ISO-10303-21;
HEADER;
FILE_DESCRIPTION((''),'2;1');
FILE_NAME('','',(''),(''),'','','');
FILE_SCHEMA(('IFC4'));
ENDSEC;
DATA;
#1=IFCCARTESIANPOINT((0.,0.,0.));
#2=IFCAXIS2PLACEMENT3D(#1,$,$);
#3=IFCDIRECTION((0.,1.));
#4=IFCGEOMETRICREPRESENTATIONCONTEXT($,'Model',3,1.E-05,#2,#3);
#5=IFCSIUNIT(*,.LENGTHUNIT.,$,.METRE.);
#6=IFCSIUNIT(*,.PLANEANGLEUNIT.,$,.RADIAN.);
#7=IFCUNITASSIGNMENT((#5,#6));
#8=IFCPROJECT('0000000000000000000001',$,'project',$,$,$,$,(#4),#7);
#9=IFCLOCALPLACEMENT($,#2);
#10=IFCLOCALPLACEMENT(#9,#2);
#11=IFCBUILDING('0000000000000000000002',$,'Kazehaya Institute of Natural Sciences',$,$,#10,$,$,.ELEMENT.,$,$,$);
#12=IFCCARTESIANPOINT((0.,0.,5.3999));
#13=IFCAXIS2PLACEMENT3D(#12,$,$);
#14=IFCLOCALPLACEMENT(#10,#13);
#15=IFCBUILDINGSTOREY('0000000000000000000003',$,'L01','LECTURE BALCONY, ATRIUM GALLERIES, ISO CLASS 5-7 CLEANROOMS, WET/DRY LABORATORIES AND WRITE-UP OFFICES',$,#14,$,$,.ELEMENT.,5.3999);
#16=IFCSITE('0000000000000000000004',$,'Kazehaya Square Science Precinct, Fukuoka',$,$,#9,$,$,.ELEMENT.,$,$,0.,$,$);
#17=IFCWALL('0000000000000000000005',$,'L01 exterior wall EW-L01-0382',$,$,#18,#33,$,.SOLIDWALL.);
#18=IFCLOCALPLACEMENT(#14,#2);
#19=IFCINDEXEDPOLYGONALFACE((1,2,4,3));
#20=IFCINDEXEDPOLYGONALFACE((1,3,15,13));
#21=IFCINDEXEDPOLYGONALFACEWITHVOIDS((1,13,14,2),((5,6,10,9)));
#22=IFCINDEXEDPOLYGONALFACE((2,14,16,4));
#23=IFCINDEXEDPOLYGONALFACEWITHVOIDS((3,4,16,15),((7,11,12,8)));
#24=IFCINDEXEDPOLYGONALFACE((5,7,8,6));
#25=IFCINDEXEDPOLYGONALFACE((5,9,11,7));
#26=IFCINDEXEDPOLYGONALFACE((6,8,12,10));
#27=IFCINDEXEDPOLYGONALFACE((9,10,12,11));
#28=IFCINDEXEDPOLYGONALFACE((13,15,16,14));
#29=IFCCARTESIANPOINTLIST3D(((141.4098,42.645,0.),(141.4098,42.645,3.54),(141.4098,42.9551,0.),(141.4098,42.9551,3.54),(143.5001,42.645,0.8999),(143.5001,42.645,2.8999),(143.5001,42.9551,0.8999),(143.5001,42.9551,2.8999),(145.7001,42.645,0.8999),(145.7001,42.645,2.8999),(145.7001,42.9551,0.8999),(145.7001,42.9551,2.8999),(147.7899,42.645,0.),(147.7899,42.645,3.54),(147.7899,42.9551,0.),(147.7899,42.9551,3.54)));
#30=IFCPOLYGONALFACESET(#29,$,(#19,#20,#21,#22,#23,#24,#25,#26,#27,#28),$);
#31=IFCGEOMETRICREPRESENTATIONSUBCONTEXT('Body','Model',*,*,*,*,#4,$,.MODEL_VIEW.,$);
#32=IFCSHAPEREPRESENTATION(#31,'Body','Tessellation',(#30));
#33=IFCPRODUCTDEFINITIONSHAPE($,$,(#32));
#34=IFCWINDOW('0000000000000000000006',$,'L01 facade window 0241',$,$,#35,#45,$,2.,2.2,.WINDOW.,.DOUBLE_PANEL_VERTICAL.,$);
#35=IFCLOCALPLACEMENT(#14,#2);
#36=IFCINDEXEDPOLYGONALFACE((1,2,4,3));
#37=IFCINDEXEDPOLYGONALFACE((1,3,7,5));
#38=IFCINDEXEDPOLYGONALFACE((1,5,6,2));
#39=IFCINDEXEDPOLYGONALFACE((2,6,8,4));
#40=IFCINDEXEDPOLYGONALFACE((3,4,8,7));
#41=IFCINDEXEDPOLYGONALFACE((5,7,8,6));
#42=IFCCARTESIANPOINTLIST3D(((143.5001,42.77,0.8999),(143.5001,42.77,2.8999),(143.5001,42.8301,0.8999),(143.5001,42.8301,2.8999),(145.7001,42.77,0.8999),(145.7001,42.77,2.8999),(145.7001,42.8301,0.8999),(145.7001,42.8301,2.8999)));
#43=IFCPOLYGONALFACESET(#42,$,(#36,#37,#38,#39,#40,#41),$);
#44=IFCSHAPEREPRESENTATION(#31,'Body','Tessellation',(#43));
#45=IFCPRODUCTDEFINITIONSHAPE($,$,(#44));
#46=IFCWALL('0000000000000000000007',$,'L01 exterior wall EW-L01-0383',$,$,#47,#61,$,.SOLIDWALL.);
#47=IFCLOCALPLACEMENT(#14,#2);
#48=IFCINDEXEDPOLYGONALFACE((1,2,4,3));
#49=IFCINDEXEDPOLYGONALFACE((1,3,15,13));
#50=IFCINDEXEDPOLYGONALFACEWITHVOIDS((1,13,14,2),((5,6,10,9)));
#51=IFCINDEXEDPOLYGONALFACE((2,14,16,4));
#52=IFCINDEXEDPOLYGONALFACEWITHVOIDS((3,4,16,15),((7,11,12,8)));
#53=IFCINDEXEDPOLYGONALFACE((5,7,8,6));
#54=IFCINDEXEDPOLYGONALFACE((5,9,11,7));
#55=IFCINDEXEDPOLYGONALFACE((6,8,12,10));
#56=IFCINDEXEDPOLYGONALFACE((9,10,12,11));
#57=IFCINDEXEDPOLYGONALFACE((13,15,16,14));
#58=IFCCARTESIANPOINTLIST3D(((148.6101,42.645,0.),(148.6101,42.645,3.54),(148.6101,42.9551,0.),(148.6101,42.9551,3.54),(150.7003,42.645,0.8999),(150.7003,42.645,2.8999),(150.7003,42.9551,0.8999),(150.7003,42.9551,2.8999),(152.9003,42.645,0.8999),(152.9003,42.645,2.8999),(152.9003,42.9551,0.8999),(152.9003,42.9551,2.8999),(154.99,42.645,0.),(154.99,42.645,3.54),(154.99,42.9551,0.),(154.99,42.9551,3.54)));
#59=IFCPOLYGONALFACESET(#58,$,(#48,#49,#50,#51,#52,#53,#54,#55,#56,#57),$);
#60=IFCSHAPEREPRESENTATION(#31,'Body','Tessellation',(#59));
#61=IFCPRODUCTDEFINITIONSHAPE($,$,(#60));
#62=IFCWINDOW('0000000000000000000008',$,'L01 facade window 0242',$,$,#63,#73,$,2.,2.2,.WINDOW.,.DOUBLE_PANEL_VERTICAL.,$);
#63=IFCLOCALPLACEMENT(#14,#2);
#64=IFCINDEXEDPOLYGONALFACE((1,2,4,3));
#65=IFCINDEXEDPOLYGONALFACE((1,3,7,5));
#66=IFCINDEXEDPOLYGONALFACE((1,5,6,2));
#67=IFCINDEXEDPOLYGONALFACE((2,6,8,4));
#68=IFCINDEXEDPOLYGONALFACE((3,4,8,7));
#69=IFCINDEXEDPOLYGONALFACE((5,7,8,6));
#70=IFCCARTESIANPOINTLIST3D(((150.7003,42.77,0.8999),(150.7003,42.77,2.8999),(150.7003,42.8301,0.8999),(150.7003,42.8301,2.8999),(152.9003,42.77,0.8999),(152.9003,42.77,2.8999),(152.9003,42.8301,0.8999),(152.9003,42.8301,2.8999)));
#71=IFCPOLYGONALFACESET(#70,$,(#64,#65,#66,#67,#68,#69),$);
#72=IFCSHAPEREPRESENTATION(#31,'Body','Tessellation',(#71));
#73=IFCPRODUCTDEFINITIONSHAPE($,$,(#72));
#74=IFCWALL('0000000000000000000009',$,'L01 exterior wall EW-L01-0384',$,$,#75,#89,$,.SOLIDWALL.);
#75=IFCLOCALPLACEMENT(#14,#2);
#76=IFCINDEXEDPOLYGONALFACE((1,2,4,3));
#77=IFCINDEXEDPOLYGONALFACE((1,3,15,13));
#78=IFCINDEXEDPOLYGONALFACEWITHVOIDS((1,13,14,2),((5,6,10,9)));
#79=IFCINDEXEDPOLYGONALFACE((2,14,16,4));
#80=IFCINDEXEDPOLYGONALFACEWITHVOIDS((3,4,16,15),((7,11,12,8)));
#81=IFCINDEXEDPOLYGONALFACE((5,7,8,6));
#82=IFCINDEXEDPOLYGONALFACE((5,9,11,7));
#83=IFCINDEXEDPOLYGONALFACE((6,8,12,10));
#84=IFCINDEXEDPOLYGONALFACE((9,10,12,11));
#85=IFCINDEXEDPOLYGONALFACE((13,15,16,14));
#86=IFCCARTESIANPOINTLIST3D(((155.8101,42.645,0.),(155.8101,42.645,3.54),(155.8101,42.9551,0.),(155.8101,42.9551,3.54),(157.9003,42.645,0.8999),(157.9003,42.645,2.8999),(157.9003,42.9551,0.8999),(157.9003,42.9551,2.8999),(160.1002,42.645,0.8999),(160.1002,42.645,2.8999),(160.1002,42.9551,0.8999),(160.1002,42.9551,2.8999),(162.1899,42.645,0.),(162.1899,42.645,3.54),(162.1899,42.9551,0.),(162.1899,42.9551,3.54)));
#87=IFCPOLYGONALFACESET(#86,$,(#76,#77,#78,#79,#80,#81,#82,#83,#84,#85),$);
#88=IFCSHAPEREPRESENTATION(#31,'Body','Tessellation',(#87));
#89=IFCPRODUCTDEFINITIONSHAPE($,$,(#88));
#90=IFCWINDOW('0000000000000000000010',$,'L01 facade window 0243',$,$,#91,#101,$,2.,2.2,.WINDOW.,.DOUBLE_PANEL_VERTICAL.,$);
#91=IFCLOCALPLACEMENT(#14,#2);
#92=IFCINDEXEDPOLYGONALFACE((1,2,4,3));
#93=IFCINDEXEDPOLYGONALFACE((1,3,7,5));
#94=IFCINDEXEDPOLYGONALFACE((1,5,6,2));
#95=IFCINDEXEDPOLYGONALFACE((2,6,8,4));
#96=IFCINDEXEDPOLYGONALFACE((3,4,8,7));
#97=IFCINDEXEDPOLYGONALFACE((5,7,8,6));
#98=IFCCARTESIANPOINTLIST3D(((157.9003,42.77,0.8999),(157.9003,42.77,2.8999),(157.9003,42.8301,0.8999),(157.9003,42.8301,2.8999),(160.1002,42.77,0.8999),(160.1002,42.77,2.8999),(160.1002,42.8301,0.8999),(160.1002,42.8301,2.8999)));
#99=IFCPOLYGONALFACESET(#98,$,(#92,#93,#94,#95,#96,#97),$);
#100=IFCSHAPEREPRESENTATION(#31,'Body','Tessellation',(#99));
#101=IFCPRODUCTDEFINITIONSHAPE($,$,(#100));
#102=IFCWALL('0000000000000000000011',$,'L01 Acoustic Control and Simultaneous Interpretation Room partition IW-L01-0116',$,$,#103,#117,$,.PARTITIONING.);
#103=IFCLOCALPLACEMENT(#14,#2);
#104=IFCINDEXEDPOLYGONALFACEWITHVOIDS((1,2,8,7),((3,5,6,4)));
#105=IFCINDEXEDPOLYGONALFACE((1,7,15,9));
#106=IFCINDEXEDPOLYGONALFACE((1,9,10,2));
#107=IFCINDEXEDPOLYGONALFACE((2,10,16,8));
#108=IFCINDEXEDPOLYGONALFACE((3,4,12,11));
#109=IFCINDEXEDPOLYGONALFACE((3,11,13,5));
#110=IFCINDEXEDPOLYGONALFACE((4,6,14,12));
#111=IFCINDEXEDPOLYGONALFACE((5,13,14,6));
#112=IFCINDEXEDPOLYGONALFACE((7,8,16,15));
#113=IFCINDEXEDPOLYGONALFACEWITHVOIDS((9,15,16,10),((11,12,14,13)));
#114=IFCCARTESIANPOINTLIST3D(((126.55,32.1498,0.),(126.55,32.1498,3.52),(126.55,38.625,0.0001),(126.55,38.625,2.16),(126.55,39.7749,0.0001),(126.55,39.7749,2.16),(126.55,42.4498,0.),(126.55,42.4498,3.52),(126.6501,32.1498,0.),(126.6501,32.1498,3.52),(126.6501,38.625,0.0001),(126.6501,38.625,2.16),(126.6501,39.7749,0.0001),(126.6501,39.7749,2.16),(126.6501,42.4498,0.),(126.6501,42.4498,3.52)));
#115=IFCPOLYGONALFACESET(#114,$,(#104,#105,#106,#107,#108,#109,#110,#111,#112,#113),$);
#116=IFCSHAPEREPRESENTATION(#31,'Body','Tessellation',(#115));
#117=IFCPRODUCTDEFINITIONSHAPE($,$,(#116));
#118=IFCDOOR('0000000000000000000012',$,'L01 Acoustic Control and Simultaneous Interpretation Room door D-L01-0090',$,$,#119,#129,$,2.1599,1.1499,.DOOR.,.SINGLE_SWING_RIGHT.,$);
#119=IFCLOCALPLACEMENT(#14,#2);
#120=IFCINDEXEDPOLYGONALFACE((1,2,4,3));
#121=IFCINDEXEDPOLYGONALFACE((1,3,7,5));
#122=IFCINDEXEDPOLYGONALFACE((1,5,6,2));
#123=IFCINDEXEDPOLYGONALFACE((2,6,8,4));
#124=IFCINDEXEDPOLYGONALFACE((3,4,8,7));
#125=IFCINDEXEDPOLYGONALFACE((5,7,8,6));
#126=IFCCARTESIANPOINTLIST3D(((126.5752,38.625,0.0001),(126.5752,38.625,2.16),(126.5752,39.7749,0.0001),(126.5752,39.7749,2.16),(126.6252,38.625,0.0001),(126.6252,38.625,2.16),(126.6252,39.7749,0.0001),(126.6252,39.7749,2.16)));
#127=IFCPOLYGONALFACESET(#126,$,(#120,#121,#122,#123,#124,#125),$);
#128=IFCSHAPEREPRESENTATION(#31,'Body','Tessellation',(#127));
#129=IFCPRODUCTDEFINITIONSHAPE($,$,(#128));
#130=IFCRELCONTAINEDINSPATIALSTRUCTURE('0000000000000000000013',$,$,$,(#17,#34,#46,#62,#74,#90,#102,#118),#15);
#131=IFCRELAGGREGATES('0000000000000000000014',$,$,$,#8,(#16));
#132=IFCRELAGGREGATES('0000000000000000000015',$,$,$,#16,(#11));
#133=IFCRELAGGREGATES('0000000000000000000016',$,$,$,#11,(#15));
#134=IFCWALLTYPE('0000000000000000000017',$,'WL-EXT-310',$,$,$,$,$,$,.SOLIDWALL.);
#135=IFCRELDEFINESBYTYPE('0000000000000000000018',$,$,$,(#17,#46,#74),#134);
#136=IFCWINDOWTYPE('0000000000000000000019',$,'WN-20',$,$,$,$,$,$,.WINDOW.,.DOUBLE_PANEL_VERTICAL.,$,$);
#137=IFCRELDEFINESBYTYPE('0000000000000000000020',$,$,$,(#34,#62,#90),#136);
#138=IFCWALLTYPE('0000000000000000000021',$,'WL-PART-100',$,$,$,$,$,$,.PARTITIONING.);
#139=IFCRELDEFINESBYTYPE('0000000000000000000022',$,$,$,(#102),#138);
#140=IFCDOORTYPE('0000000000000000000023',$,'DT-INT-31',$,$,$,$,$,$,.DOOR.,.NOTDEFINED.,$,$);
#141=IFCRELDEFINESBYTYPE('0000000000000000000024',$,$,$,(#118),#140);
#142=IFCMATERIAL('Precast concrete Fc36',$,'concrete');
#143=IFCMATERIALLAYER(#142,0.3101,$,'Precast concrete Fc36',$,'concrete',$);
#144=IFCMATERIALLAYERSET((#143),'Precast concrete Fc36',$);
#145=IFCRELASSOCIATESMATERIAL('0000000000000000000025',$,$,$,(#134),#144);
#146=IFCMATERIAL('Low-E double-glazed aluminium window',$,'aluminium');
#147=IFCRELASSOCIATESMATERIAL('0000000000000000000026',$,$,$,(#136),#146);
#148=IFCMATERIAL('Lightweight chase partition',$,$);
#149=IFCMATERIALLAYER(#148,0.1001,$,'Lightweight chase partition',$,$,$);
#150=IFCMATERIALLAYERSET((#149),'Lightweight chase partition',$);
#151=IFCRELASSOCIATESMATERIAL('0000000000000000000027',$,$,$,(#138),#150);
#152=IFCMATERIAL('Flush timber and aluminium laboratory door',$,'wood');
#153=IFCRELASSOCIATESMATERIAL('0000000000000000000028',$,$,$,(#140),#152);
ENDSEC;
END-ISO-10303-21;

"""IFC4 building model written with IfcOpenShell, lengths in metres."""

from ifc_helpers import new_model, si_unit, direction, frame, frame_2d, origin, place, context, subcontext, project, spatial, rectangle, extrude, material, layer, layer_set, type_object, element, fill, save


model = new_model("IFC4")

# Units and contexts
model_context = context("Model", 3, precision=1e-05, world=origin(), true_north=direction((0.0, 1.0)))
body_context = subcontext(model_context, "Body", "Model", "MODEL_VIEW")
ifc_project = project(units=[si_unit("LENGTHUNIT", "METRE"), si_unit("PLANEANGLEUNIT", "RADIAN")], contexts=[model_context])

# Site, building, storey
site_placement = place(None, origin())
site = spatial("IfcSite", under=ifc_project, at=site_placement, Name="Kazehaya Square Science Precinct, Fukuoka", CompositionType="ELEMENT", RefElevation=0.0)
building_placement = place(site_placement, origin())
building = spatial("IfcBuilding", under=site, at=building_placement, Name="Kazehaya Institute of Natural Sciences", CompositionType="ELEMENT")
storey_placement = place(building_placement, frame((0.0, 0.0, 5.3999)))
storey = spatial("IfcBuildingStorey", under=building, at=storey_placement, Name="L01", Description="LECTURE BALCONY, ATRIUM GALLERIES, ISO CLASS 5-7 CLEANROOMS, WET/DRY LABORATORIES AND WRITE-UP OFFICES", CompositionType="ELEMENT", Elevation=5.3999)

# Walls, openings, windows
ifc_material_1 = material(Name="Precast concrete Fc36", Category="concrete")
ifc_layer_1 = layer(ifc_material_1, 0.3101, Name="Precast concrete Fc36", Category="concrete")
ifc_layer_set_1 = layer_set([ifc_layer_1], Name="Precast concrete Fc36")
wall_type_1 = type_object("IfcWallType", Name="WL-EXT-310", PredefinedType="SOLIDWALL", material=ifc_layer_set_1)
ifc_material_2 = material(Name="Low-E double-glazed aluminium window", Category="aluminium")
window_type = type_object("IfcWindowType", Name="WN-20", PartitioningType="DOUBLE_PANEL_VERTICAL", PredefinedType="WINDOW", material=ifc_material_2)
wall_1_placement = place(storey_placement, frame((141.4099, 42.8, 0.0), z_axis=(0.0, 0.0, 1.0), x_axis=(1.0, 0.0, 0.0)))
wall_1 = element("IfcWall", 1, at=wall_1_placement, inside=storey, type_object=wall_type_1, Name="L01 exterior wall EW-L01-0382", PredefinedType="SOLIDWALL", context=body_context, shape_type="SweptSolid", body=[
    extrude(rectangle(XDim=6.3801, YDim=0.3101, at=frame_2d((3.1899, 0.0))), origin(), (0.0, 0.0, 1.0), 3.54),
])
opening_1_placement = place(wall_1_placement, frame((2.0901, 0.0, 0.8999)))
opening_1 = element("IfcOpeningElement", 2, at=opening_1_placement, cuts=wall_1, PredefinedType="OPENING", context=body_context, shape_type="SweptSolid", body=[
    extrude(rectangle(XDim=2.2, YDim=2.0, at=frame_2d((1.1001, 1.0))), frame((0.0, 0.165, 0.0), z_axis=(0.0, -1.0, 0.0), x_axis=(1.0, 0.0, 0.0)), (0.0, 0.0, 1.0), 0.3301),
])
window_1_placement = place(opening_1_placement, origin())
window_1 = element("IfcWindow", 3, at=window_1_placement, inside=storey, type_object=window_type, Name="L01 facade window 0241", OverallHeight=2.0, OverallWidth=2.2, PartitioningType="DOUBLE_PANEL_VERTICAL", PredefinedType="WINDOW", context=body_context, shape_type="SweptSolid", body=[
    extrude(rectangle(XDim=2.2, YDim=2.0, at=frame_2d((1.1001, 1.0))), frame((0.0, 0.03, 0.0), z_axis=(0.0, -1.0, 0.0), x_axis=(1.0, 0.0, 0.0)), (0.0, 0.0, 1.0), 0.0601),
])
fill(opening_1, window_1)
wall_2_placement = place(storey_placement, frame((148.6101, 42.8, 0.0), z_axis=(0.0, 0.0, 1.0), x_axis=(1.0, 0.0, 0.0)))
wall_2 = element("IfcWall", 4, at=wall_2_placement, inside=storey, type_object=wall_type_1, Name="L01 exterior wall EW-L01-0383", PredefinedType="SOLIDWALL", context=body_context, shape_type="SweptSolid", body=[
    extrude(rectangle(XDim=6.3799, YDim=0.3101, at=frame_2d((3.1899, 0.0))), origin(), (0.0, 0.0, 1.0), 3.54),
])
opening_2_placement = place(wall_2_placement, frame((2.0901, 0.0, 0.8999)))
opening_2 = element("IfcOpeningElement", 5, at=opening_2_placement, cuts=wall_2, PredefinedType="OPENING", context=body_context, shape_type="SweptSolid", body=[
    extrude(rectangle(XDim=2.2, YDim=2.0, at=frame_2d((1.1001, 1.0))), frame((0.0, 0.165, 0.0), z_axis=(0.0, -1.0, 0.0), x_axis=(1.0, 0.0, 0.0)), (0.0, 0.0, 1.0), 0.3301),
])
window_2_placement = place(opening_2_placement, origin())
window_2 = element("IfcWindow", 6, at=window_2_placement, inside=storey, type_object=window_type, Name="L01 facade window 0242", OverallHeight=2.0, OverallWidth=2.2, PartitioningType="DOUBLE_PANEL_VERTICAL", PredefinedType="WINDOW", context=body_context, shape_type="SweptSolid", body=[
    extrude(rectangle(XDim=2.2, YDim=2.0, at=frame_2d((1.1001, 1.0))), frame((0.0, 0.03, 0.0), z_axis=(0.0, -1.0, 0.0), x_axis=(1.0, 0.0, 0.0)), (0.0, 0.0, 1.0), 0.0601),
])
fill(opening_2, window_2)
wall_3_placement = place(storey_placement, frame((155.8101, 42.8, 0.0), z_axis=(0.0, 0.0, 1.0), x_axis=(1.0, 0.0, 0.0)))
wall_3 = element("IfcWall", 7, at=wall_3_placement, inside=storey, type_object=wall_type_1, Name="L01 exterior wall EW-L01-0384", PredefinedType="SOLIDWALL", context=body_context, shape_type="SweptSolid", body=[
    extrude(rectangle(XDim=6.3799, YDim=0.3101, at=frame_2d((3.1899, 0.0))), origin(), (0.0, 0.0, 1.0), 3.54),
])
opening_3_placement = place(wall_3_placement, frame((2.0901, 0.0, 0.8999)))
opening_3 = element("IfcOpeningElement", 8, at=opening_3_placement, cuts=wall_3, PredefinedType="OPENING", context=body_context, shape_type="SweptSolid", body=[
    extrude(rectangle(XDim=2.2, YDim=2.0, at=frame_2d((1.1001, 1.0))), frame((0.0, 0.165, 0.0), z_axis=(0.0, -1.0, 0.0), x_axis=(1.0, 0.0, 0.0)), (0.0, 0.0, 1.0), 0.3301),
])
window_3_placement = place(opening_3_placement, origin())
window_3 = element("IfcWindow", 9, at=window_3_placement, inside=storey, type_object=window_type, Name="L01 facade window 0243", OverallHeight=2.0, OverallWidth=2.2, PartitioningType="DOUBLE_PANEL_VERTICAL", PredefinedType="WINDOW", context=body_context, shape_type="SweptSolid", body=[
    extrude(rectangle(XDim=2.2, YDim=2.0, at=frame_2d((1.1001, 1.0))), frame((0.0, 0.03, 0.0), z_axis=(0.0, -1.0, 0.0), x_axis=(1.0, 0.0, 0.0)), (0.0, 0.0, 1.0), 0.0601),
])
fill(opening_3, window_3)

# Wall, opening, door
ifc_material_3 = material(Name="Lightweight chase partition")
ifc_layer_2 = layer(ifc_material_3, 0.1001, Name="Lightweight chase partition")
ifc_layer_set_2 = layer_set([ifc_layer_2], Name="Lightweight chase partition")
wall_type_2 = type_object("IfcWallType", Name="WL-PART-100", PredefinedType="PARTITIONING", material=ifc_layer_set_2)
wall_4_placement = place(storey_placement, frame((126.6001, 32.1499, 0.0), z_axis=(0.0, 0.0, 1.0), x_axis=(0.0, 1.0, 0.0)))
wall_4 = element("IfcWall", 10, at=wall_4_placement, inside=storey, type_object=wall_type_2, Name="L01 Acoustic Control and Simultaneous Interpretation Room partition IW-L01-0116", PredefinedType="PARTITIONING", context=body_context, shape_type="SweptSolid", body=[
    extrude(rectangle(XDim=10.3, YDim=0.1001, at=frame_2d((5.1499, 0.0))), origin(), (0.0, 0.0, 1.0), 3.52),
])
opening_4_placement = place(wall_4_placement, frame((6.4751, 0.0, 0.0)))
opening_4 = element("IfcOpeningElement", 11, at=opening_4_placement, cuts=wall_4, PredefinedType="OPENING", context=body_context, shape_type="SweptSolid", body=[
    extrude(rectangle(XDim=1.1499, YDim=2.1599, at=frame_2d((0.575, 1.0801))), frame((0.0, 0.0601, 0.0), z_axis=(0.0, -1.0, 0.0), x_axis=(1.0, 0.0, 0.0)), (0.0, 0.0, 1.0), 0.1201),
])
ifc_material_4 = material(Name="Flush timber and aluminium laboratory door", Category="wood")
door_type = type_object("IfcDoorType", Name="DT-INT-31", OperationType="NOTDEFINED", PredefinedType="DOOR", material=ifc_material_4)
door_placement = place(opening_4_placement, origin())
door = element("IfcDoor", 12, at=door_placement, inside=storey, type_object=door_type, Name="L01 Acoustic Control and Simultaneous Interpretation Room door D-L01-0090", OperationType="SINGLE_SWING_RIGHT", OverallHeight=2.1599, OverallWidth=1.1499, PredefinedType="DOOR", context=body_context, shape_type="SweptSolid", body=[
    extrude(rectangle(XDim=1.1499, YDim=2.1599, at=frame_2d((0.575, 1.0801))), frame((0.0, 0.0249, 0.0), z_axis=(0.0, -1.0, 0.0), x_axis=(1.0, 0.0, 0.0)), (0.0, 0.0, 1.0), 0.05),
])
fill(opening_4, door)

save(model, "model.ifc")
